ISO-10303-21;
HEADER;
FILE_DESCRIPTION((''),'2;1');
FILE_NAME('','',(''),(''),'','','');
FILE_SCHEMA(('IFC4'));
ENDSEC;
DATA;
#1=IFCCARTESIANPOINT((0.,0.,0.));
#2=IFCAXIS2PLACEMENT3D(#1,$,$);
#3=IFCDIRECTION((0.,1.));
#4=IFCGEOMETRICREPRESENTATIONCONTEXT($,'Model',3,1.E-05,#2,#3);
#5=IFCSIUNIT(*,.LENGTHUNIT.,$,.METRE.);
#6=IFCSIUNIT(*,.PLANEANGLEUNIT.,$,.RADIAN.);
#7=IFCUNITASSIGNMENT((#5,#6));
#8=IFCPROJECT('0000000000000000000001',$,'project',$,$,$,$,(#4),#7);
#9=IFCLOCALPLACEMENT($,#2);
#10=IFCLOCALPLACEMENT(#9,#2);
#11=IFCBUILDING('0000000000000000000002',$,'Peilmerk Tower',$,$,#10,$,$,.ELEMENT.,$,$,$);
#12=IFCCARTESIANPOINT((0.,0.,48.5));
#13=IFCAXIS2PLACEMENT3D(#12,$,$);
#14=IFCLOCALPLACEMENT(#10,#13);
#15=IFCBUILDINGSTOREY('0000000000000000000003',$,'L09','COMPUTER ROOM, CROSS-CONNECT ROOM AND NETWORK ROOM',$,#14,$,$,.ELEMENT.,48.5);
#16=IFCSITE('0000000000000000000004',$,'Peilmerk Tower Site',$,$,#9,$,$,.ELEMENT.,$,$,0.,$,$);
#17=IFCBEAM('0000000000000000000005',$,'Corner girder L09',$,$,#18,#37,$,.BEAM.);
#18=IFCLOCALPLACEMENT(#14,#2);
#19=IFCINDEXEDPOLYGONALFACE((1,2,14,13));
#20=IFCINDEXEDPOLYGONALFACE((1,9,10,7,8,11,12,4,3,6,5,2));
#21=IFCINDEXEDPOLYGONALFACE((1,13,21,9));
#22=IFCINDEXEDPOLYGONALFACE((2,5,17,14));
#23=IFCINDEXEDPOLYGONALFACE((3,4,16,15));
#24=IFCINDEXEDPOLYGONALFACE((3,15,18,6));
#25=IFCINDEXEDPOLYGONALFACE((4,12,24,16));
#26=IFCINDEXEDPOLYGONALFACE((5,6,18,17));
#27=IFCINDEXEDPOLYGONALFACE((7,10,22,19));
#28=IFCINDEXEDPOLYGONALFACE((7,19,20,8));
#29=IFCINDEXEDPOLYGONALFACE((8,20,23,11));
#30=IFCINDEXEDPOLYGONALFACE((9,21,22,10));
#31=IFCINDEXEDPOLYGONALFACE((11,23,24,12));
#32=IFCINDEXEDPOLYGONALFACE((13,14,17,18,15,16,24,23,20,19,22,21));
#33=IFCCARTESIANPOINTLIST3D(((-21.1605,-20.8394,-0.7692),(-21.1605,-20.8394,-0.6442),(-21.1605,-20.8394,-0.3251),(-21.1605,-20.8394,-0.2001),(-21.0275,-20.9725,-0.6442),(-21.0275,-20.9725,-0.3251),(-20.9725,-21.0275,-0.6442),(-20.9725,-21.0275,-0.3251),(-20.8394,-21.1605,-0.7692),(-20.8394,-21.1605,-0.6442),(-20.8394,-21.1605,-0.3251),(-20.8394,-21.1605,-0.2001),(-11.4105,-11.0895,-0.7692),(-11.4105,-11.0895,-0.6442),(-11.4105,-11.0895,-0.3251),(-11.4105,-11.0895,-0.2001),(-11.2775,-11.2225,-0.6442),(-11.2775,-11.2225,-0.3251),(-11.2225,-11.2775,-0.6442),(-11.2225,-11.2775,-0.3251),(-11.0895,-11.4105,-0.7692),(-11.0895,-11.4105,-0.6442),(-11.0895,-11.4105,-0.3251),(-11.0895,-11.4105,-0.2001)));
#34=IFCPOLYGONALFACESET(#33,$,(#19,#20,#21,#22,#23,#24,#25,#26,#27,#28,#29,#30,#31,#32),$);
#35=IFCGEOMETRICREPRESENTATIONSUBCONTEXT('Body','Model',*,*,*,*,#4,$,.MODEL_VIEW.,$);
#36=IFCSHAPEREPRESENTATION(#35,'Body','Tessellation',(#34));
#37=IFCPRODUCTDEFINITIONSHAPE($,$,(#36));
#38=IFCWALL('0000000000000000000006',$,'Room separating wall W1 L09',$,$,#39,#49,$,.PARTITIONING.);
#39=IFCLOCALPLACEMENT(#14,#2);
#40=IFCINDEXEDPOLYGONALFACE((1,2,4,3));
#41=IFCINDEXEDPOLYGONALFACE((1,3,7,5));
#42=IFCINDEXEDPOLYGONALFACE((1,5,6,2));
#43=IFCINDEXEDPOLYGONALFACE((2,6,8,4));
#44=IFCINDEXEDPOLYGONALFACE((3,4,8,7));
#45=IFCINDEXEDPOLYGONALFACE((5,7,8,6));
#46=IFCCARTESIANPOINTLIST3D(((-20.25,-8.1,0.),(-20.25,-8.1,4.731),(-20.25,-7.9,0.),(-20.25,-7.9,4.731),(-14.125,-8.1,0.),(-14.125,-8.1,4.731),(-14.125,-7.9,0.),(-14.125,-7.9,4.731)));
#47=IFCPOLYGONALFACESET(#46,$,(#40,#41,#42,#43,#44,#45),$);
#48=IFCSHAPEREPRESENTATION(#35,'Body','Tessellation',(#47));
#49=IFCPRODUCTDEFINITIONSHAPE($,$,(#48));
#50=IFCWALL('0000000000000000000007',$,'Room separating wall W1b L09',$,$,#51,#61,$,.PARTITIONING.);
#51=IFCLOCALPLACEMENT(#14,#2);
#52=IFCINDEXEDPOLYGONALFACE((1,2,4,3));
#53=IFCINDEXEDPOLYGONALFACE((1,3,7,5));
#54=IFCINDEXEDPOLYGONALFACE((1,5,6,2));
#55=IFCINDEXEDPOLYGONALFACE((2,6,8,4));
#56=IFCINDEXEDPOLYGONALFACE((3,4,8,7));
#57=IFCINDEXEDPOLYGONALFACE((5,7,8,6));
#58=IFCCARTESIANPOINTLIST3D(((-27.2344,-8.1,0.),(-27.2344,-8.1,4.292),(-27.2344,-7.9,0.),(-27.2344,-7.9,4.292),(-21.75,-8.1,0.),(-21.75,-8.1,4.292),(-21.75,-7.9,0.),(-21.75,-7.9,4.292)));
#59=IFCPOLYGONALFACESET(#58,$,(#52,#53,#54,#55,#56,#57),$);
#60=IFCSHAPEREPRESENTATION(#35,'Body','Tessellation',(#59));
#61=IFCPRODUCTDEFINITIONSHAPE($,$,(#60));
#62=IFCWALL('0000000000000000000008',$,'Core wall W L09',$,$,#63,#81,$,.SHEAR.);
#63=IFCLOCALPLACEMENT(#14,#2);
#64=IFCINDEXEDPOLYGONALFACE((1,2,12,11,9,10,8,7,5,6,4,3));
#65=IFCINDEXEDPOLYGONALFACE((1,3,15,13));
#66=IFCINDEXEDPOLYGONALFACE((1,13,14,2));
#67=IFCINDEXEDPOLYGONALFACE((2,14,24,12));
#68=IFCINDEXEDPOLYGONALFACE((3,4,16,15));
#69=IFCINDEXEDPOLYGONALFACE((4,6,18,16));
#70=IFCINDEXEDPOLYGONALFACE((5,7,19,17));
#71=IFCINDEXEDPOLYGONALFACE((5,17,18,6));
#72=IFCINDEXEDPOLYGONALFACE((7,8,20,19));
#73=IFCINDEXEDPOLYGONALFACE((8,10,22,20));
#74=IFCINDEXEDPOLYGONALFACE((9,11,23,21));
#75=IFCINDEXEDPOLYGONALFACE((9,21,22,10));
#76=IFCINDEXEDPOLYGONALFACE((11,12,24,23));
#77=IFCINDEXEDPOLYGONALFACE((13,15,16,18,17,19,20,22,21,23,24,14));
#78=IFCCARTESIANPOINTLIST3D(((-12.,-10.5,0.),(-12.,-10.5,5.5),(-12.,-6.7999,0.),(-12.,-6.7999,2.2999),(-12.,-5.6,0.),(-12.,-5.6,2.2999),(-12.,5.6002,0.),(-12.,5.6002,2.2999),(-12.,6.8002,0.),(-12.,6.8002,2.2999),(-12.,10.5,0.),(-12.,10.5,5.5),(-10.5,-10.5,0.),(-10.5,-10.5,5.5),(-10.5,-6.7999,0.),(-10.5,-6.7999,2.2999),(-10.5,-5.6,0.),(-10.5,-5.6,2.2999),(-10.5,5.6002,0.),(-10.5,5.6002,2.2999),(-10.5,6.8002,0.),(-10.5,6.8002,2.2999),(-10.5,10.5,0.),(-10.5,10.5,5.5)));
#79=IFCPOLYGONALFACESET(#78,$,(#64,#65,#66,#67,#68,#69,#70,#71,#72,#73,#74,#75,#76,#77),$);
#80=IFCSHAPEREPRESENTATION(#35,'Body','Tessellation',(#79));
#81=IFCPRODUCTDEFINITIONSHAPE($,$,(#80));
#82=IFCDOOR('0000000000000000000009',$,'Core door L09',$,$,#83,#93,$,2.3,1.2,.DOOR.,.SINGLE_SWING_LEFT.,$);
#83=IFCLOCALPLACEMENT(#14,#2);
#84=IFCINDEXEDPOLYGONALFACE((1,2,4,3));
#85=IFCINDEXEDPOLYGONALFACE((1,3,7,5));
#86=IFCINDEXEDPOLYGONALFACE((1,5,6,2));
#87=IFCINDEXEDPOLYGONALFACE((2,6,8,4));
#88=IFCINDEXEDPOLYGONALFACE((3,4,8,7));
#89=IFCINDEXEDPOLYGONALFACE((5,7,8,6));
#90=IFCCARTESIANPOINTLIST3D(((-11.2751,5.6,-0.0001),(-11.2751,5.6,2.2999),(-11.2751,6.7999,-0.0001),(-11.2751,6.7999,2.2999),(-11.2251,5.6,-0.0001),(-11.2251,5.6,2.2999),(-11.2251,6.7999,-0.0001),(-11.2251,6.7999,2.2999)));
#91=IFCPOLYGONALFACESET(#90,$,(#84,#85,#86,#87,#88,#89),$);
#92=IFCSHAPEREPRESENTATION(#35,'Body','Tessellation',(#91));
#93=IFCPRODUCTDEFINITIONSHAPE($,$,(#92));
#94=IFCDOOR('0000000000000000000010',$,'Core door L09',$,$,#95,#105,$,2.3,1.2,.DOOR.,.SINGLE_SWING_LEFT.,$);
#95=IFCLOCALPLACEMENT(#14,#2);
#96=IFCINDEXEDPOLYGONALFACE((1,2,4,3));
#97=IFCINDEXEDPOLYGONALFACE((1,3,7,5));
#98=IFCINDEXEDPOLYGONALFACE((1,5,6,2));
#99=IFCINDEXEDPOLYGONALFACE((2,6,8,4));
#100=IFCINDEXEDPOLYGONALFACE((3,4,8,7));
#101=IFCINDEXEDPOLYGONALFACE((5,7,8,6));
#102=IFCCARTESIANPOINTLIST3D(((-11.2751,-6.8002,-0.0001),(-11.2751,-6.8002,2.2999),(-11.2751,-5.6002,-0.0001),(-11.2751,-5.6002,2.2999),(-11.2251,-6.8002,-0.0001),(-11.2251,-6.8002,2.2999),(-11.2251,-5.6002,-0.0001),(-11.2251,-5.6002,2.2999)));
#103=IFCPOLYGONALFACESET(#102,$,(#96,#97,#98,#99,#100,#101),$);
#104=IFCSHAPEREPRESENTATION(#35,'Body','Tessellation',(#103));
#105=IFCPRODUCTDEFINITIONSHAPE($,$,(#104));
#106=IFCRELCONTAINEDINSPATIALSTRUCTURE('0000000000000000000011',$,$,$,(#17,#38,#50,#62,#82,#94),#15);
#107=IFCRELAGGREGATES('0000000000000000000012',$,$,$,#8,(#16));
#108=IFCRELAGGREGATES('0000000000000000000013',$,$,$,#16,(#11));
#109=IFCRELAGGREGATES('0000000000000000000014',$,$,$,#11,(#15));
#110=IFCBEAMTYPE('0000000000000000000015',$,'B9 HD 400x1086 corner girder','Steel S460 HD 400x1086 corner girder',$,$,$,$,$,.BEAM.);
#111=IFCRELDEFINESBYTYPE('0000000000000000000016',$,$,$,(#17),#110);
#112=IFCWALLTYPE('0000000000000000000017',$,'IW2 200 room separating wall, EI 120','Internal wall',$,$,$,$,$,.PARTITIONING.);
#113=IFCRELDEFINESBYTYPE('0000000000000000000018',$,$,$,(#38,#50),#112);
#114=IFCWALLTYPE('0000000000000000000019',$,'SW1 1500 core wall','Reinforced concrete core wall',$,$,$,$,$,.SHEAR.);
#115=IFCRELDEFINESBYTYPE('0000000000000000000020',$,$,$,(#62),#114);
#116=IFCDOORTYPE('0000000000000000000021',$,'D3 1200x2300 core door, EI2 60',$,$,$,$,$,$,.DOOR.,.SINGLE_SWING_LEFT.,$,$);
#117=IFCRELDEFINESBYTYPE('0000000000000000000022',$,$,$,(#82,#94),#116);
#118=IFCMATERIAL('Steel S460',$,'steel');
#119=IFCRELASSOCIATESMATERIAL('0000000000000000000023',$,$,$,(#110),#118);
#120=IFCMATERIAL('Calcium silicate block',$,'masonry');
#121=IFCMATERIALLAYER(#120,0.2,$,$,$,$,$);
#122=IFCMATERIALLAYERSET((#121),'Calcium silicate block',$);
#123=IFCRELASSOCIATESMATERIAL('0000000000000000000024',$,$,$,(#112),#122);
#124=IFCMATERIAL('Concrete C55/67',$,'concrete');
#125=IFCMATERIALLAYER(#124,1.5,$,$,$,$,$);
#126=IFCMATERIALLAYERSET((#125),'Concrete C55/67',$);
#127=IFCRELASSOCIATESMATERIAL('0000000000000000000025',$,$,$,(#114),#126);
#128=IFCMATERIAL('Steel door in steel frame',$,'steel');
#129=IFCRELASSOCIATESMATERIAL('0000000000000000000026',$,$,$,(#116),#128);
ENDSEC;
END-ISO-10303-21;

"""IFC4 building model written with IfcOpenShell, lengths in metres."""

from ifc_helpers import new_model, si_unit, direction, frame, frame_2d, origin, origin_2d, place, context, subcontext, project, spatial, rectangle, i_section, extrude, material, layer, layer_set, material_profile, profile_set, type_object, element, fill, save


model = new_model("IFC4")

# Units and contexts
model_context = context("Model", 3, precision=1e-05, world=origin(), true_north=direction((0.0, 1.0)))
body_context = subcontext(model_context, "Body", "Model", "MODEL_VIEW")
ifc_project = project(units=[si_unit("LENGTHUNIT", "METRE"), si_unit("PLANEANGLEUNIT", "RADIAN")], contexts=[model_context])

# Site, building, storey
site_placement = place(None, origin())
site = spatial("IfcSite", under=ifc_project, at=site_placement, Name="Peilmerk Tower Site", CompositionType="ELEMENT", RefElevation=0.0)
building_placement = place(site_placement, origin())
building = spatial("IfcBuilding", under=site, at=building_placement, Name="Peilmerk Tower", CompositionType="ELEMENT")
storey_placement = place(building_placement, frame((0.0, 0.0, 48.5)))
storey = spatial("IfcBuildingStorey", under=building, at=storey_placement, Name="L09", Description="COMPUTER ROOM, CROSS-CONNECT ROOM AND NETWORK ROOM", CompositionType="ELEMENT", Elevation=48.5)

# Beam
ifc_material_1 = material(Name="Steel S460", Category="steel")
ifc_material_profile_1 = material_profile(ifc_material_1, i_section(OverallWidth=0.4541, OverallDepth=0.5691, WebThickness=0.0779, FlangeThickness=0.125, at=origin_2d()), Name="HD 400x1086")
ifc_profile_set_1 = profile_set([ifc_material_profile_1], Name="Steel S460")
beam_type_1 = type_object("IfcBeamType", Name="B9 HD 400x1086 corner girder", Description="Steel S460 HD 400x1086 corner girder", PredefinedType="BEAM", material=ifc_profile_set_1)
beam_1_placement = place(storey_placement, frame((-11.25, -11.25, -0.4846), z_axis=(-0.707107, -0.707107, 0.0), x_axis=(0.707107, -0.707107, 0.0)))
element("IfcBeam", 1, at=beam_1_placement, inside=storey, type_object=beam_type_1, Name="Corner girder L09", PredefinedType="BEAM", context=body_context, shape_type="SweptSolid", body=[
    extrude(i_section(OverallWidth=0.4541, OverallDepth=0.5691, WebThickness=0.0779, FlangeThickness=0.125, at=origin_2d()), origin(), (0.0, 0.0, 1.0), 13.7886),
])

# Walls
ifc_material_2 = material(Name="Calcium silicate block", Category="masonry")
ifc_layer_1 = layer(ifc_material_2, 0.2)
ifc_layer_set_1 = layer_set([ifc_layer_1], Name="Calcium silicate block")
wall_type_1 = type_object("IfcWallType", Name="IW2 200 room separating wall, EI 120", Description="Internal wall", PredefinedType="PARTITIONING", material=ifc_layer_set_1)
wall_1_placement = place(storey_placement, frame((-14.125, -8.0, 0.0), z_axis=(0.0, 0.0, 1.0), x_axis=(-1.0, 0.0, 0.0)))
element("IfcWall", 2, at=wall_1_placement, inside=storey, type_object=wall_type_1, Name="Room separating wall W1 L09", PredefinedType="PARTITIONING", context=body_context, shape_type="SweptSolid", body=[
    extrude(rectangle(XDim=6.125, YDim=0.2, at=frame_2d((3.0625, 0.0))), origin(), (0.0, 0.0, 1.0), 4.731),
])
wall_2_placement = place(storey_placement, frame((-21.75, -8.0, 0.0), z_axis=(0.0, 0.0, 1.0), x_axis=(-1.0, 0.0, 0.0)))
element("IfcWall", 3, at=wall_2_placement, inside=storey, type_object=wall_type_1, Name="Room separating wall W1b L09", PredefinedType="PARTITIONING", context=body_context, shape_type="SweptSolid", body=[
    extrude(rectangle(XDim=5.4844, YDim=0.2, at=frame_2d((2.7422, 0.0))), origin(), (0.0, 0.0, 1.0), 4.292),
])

# Wall, openings, doors
ifc_material_3 = material(Name="Concrete C55/67", Category="concrete")
ifc_layer_2 = layer(ifc_material_3, 1.5)
ifc_layer_set_2 = layer_set([ifc_layer_2], Name="Concrete C55/67")
wall_type_2 = type_object("IfcWallType", Name="SW1 1500 core wall", Description="Reinforced concrete core wall", PredefinedType="SHEAR", material=ifc_layer_set_2)
wall_3_placement = place(storey_placement, frame((-11.25, -10.5, 0.0), z_axis=(0.0, 0.0, 1.0), x_axis=(0.0, 1.0, 0.0)))
wall_3 = element("IfcWall", 4, at=wall_3_placement, inside=storey, type_object=wall_type_2, Name="Core wall W L09", PredefinedType="SHEAR", context=body_context, shape_type="SweptSolid", body=[
    extrude(rectangle(XDim=21.0, YDim=1.5, at=frame_2d((10.5, 0.0))), origin(), (0.0, 0.0, 1.0), 5.5),
])
opening_1_placement = place(wall_3_placement, frame((16.1001, 0.0, 0.0)))
opening_1 = element("IfcOpeningElement", 5, at=opening_1_placement, cuts=wall_3, PredefinedType="OPENING", context=body_context, shape_type="SweptSolid", body=[
    extrude(rectangle(XDim=1.2, YDim=2.3, at=frame_2d((0.6001, 1.1499))), frame((0.0, 0.76, 0.0), z_axis=(0.0, -1.0, 0.0), x_axis=(1.0, 0.0, 0.0)), (0.0, 0.0, 1.0), 1.52),
])
opening_2_placement = place(wall_3_placement, frame((3.7, 0.0, 0.0)))
opening_2 = element("IfcOpeningElement", 6, at=opening_2_placement, cuts=wall_3, PredefinedType="OPENING", context=body_context, shape_type="SweptSolid", body=[
    extrude(rectangle(XDim=1.2, YDim=2.3, at=frame_2d((0.6001, 1.1499))), frame((0.0, 0.76, 0.0), z_axis=(0.0, -1.0, 0.0), x_axis=(1.0, 0.0, 0.0)), (0.0, 0.0, 1.0), 1.52),
])
ifc_material_4 = material(Name="Steel door in steel frame", Category="steel")
door_type = type_object("IfcDoorType", Name="D3 1200x2300 core door, EI2 60", OperationType="SINGLE_SWING_LEFT", PredefinedType="DOOR", material=ifc_material_4)
door_1_placement = place(opening_1_placement, frame((1.2, 0.0, 0.0), z_axis=(0.0, 0.0, 1.0), x_axis=(-1.0, 0.0, 0.0)))
door_1 = element("IfcDoor", 7, at=door_1_placement, inside=storey, type_object=door_type, Name="Core door L09", OperationType="SINGLE_SWING_LEFT", OverallHeight=2.3, OverallWidth=1.2, PredefinedType="DOOR", context=body_context, shape_type="SweptSolid", body=[
    extrude(rectangle(XDim=1.2, YDim=2.3, at=frame_2d((0.6001, 1.1499))), frame((0.0, 0.0249, 0.0), z_axis=(0.0, -1.0, 0.0), x_axis=(1.0, 0.0, 0.0)), (0.0, 0.0, 1.0), 0.05),
])
fill(opening_1, door_1)
door_2_placement = place(opening_2_placement, frame((1.2, 0.0, 0.0), z_axis=(0.0, 0.0, 1.0), x_axis=(-1.0, 0.0, 0.0)))
door_2 = element("IfcDoor", 8, at=door_2_placement, inside=storey, type_object=door_type, Name="Core door L09", OperationType="SINGLE_SWING_LEFT", OverallHeight=2.3, OverallWidth=1.2, PredefinedType="DOOR", context=body_context, shape_type="SweptSolid", body=[
    extrude(rectangle(XDim=1.2, YDim=2.3, at=frame_2d((0.6001, 1.1499))), frame((0.0, 0.0249, 0.0), z_axis=(0.0, -1.0, 0.0), x_axis=(1.0, 0.0, 0.0)), (0.0, 0.0, 1.0), 0.05),
])
fill(opening_2, door_2)

save(model, "model.ifc")
